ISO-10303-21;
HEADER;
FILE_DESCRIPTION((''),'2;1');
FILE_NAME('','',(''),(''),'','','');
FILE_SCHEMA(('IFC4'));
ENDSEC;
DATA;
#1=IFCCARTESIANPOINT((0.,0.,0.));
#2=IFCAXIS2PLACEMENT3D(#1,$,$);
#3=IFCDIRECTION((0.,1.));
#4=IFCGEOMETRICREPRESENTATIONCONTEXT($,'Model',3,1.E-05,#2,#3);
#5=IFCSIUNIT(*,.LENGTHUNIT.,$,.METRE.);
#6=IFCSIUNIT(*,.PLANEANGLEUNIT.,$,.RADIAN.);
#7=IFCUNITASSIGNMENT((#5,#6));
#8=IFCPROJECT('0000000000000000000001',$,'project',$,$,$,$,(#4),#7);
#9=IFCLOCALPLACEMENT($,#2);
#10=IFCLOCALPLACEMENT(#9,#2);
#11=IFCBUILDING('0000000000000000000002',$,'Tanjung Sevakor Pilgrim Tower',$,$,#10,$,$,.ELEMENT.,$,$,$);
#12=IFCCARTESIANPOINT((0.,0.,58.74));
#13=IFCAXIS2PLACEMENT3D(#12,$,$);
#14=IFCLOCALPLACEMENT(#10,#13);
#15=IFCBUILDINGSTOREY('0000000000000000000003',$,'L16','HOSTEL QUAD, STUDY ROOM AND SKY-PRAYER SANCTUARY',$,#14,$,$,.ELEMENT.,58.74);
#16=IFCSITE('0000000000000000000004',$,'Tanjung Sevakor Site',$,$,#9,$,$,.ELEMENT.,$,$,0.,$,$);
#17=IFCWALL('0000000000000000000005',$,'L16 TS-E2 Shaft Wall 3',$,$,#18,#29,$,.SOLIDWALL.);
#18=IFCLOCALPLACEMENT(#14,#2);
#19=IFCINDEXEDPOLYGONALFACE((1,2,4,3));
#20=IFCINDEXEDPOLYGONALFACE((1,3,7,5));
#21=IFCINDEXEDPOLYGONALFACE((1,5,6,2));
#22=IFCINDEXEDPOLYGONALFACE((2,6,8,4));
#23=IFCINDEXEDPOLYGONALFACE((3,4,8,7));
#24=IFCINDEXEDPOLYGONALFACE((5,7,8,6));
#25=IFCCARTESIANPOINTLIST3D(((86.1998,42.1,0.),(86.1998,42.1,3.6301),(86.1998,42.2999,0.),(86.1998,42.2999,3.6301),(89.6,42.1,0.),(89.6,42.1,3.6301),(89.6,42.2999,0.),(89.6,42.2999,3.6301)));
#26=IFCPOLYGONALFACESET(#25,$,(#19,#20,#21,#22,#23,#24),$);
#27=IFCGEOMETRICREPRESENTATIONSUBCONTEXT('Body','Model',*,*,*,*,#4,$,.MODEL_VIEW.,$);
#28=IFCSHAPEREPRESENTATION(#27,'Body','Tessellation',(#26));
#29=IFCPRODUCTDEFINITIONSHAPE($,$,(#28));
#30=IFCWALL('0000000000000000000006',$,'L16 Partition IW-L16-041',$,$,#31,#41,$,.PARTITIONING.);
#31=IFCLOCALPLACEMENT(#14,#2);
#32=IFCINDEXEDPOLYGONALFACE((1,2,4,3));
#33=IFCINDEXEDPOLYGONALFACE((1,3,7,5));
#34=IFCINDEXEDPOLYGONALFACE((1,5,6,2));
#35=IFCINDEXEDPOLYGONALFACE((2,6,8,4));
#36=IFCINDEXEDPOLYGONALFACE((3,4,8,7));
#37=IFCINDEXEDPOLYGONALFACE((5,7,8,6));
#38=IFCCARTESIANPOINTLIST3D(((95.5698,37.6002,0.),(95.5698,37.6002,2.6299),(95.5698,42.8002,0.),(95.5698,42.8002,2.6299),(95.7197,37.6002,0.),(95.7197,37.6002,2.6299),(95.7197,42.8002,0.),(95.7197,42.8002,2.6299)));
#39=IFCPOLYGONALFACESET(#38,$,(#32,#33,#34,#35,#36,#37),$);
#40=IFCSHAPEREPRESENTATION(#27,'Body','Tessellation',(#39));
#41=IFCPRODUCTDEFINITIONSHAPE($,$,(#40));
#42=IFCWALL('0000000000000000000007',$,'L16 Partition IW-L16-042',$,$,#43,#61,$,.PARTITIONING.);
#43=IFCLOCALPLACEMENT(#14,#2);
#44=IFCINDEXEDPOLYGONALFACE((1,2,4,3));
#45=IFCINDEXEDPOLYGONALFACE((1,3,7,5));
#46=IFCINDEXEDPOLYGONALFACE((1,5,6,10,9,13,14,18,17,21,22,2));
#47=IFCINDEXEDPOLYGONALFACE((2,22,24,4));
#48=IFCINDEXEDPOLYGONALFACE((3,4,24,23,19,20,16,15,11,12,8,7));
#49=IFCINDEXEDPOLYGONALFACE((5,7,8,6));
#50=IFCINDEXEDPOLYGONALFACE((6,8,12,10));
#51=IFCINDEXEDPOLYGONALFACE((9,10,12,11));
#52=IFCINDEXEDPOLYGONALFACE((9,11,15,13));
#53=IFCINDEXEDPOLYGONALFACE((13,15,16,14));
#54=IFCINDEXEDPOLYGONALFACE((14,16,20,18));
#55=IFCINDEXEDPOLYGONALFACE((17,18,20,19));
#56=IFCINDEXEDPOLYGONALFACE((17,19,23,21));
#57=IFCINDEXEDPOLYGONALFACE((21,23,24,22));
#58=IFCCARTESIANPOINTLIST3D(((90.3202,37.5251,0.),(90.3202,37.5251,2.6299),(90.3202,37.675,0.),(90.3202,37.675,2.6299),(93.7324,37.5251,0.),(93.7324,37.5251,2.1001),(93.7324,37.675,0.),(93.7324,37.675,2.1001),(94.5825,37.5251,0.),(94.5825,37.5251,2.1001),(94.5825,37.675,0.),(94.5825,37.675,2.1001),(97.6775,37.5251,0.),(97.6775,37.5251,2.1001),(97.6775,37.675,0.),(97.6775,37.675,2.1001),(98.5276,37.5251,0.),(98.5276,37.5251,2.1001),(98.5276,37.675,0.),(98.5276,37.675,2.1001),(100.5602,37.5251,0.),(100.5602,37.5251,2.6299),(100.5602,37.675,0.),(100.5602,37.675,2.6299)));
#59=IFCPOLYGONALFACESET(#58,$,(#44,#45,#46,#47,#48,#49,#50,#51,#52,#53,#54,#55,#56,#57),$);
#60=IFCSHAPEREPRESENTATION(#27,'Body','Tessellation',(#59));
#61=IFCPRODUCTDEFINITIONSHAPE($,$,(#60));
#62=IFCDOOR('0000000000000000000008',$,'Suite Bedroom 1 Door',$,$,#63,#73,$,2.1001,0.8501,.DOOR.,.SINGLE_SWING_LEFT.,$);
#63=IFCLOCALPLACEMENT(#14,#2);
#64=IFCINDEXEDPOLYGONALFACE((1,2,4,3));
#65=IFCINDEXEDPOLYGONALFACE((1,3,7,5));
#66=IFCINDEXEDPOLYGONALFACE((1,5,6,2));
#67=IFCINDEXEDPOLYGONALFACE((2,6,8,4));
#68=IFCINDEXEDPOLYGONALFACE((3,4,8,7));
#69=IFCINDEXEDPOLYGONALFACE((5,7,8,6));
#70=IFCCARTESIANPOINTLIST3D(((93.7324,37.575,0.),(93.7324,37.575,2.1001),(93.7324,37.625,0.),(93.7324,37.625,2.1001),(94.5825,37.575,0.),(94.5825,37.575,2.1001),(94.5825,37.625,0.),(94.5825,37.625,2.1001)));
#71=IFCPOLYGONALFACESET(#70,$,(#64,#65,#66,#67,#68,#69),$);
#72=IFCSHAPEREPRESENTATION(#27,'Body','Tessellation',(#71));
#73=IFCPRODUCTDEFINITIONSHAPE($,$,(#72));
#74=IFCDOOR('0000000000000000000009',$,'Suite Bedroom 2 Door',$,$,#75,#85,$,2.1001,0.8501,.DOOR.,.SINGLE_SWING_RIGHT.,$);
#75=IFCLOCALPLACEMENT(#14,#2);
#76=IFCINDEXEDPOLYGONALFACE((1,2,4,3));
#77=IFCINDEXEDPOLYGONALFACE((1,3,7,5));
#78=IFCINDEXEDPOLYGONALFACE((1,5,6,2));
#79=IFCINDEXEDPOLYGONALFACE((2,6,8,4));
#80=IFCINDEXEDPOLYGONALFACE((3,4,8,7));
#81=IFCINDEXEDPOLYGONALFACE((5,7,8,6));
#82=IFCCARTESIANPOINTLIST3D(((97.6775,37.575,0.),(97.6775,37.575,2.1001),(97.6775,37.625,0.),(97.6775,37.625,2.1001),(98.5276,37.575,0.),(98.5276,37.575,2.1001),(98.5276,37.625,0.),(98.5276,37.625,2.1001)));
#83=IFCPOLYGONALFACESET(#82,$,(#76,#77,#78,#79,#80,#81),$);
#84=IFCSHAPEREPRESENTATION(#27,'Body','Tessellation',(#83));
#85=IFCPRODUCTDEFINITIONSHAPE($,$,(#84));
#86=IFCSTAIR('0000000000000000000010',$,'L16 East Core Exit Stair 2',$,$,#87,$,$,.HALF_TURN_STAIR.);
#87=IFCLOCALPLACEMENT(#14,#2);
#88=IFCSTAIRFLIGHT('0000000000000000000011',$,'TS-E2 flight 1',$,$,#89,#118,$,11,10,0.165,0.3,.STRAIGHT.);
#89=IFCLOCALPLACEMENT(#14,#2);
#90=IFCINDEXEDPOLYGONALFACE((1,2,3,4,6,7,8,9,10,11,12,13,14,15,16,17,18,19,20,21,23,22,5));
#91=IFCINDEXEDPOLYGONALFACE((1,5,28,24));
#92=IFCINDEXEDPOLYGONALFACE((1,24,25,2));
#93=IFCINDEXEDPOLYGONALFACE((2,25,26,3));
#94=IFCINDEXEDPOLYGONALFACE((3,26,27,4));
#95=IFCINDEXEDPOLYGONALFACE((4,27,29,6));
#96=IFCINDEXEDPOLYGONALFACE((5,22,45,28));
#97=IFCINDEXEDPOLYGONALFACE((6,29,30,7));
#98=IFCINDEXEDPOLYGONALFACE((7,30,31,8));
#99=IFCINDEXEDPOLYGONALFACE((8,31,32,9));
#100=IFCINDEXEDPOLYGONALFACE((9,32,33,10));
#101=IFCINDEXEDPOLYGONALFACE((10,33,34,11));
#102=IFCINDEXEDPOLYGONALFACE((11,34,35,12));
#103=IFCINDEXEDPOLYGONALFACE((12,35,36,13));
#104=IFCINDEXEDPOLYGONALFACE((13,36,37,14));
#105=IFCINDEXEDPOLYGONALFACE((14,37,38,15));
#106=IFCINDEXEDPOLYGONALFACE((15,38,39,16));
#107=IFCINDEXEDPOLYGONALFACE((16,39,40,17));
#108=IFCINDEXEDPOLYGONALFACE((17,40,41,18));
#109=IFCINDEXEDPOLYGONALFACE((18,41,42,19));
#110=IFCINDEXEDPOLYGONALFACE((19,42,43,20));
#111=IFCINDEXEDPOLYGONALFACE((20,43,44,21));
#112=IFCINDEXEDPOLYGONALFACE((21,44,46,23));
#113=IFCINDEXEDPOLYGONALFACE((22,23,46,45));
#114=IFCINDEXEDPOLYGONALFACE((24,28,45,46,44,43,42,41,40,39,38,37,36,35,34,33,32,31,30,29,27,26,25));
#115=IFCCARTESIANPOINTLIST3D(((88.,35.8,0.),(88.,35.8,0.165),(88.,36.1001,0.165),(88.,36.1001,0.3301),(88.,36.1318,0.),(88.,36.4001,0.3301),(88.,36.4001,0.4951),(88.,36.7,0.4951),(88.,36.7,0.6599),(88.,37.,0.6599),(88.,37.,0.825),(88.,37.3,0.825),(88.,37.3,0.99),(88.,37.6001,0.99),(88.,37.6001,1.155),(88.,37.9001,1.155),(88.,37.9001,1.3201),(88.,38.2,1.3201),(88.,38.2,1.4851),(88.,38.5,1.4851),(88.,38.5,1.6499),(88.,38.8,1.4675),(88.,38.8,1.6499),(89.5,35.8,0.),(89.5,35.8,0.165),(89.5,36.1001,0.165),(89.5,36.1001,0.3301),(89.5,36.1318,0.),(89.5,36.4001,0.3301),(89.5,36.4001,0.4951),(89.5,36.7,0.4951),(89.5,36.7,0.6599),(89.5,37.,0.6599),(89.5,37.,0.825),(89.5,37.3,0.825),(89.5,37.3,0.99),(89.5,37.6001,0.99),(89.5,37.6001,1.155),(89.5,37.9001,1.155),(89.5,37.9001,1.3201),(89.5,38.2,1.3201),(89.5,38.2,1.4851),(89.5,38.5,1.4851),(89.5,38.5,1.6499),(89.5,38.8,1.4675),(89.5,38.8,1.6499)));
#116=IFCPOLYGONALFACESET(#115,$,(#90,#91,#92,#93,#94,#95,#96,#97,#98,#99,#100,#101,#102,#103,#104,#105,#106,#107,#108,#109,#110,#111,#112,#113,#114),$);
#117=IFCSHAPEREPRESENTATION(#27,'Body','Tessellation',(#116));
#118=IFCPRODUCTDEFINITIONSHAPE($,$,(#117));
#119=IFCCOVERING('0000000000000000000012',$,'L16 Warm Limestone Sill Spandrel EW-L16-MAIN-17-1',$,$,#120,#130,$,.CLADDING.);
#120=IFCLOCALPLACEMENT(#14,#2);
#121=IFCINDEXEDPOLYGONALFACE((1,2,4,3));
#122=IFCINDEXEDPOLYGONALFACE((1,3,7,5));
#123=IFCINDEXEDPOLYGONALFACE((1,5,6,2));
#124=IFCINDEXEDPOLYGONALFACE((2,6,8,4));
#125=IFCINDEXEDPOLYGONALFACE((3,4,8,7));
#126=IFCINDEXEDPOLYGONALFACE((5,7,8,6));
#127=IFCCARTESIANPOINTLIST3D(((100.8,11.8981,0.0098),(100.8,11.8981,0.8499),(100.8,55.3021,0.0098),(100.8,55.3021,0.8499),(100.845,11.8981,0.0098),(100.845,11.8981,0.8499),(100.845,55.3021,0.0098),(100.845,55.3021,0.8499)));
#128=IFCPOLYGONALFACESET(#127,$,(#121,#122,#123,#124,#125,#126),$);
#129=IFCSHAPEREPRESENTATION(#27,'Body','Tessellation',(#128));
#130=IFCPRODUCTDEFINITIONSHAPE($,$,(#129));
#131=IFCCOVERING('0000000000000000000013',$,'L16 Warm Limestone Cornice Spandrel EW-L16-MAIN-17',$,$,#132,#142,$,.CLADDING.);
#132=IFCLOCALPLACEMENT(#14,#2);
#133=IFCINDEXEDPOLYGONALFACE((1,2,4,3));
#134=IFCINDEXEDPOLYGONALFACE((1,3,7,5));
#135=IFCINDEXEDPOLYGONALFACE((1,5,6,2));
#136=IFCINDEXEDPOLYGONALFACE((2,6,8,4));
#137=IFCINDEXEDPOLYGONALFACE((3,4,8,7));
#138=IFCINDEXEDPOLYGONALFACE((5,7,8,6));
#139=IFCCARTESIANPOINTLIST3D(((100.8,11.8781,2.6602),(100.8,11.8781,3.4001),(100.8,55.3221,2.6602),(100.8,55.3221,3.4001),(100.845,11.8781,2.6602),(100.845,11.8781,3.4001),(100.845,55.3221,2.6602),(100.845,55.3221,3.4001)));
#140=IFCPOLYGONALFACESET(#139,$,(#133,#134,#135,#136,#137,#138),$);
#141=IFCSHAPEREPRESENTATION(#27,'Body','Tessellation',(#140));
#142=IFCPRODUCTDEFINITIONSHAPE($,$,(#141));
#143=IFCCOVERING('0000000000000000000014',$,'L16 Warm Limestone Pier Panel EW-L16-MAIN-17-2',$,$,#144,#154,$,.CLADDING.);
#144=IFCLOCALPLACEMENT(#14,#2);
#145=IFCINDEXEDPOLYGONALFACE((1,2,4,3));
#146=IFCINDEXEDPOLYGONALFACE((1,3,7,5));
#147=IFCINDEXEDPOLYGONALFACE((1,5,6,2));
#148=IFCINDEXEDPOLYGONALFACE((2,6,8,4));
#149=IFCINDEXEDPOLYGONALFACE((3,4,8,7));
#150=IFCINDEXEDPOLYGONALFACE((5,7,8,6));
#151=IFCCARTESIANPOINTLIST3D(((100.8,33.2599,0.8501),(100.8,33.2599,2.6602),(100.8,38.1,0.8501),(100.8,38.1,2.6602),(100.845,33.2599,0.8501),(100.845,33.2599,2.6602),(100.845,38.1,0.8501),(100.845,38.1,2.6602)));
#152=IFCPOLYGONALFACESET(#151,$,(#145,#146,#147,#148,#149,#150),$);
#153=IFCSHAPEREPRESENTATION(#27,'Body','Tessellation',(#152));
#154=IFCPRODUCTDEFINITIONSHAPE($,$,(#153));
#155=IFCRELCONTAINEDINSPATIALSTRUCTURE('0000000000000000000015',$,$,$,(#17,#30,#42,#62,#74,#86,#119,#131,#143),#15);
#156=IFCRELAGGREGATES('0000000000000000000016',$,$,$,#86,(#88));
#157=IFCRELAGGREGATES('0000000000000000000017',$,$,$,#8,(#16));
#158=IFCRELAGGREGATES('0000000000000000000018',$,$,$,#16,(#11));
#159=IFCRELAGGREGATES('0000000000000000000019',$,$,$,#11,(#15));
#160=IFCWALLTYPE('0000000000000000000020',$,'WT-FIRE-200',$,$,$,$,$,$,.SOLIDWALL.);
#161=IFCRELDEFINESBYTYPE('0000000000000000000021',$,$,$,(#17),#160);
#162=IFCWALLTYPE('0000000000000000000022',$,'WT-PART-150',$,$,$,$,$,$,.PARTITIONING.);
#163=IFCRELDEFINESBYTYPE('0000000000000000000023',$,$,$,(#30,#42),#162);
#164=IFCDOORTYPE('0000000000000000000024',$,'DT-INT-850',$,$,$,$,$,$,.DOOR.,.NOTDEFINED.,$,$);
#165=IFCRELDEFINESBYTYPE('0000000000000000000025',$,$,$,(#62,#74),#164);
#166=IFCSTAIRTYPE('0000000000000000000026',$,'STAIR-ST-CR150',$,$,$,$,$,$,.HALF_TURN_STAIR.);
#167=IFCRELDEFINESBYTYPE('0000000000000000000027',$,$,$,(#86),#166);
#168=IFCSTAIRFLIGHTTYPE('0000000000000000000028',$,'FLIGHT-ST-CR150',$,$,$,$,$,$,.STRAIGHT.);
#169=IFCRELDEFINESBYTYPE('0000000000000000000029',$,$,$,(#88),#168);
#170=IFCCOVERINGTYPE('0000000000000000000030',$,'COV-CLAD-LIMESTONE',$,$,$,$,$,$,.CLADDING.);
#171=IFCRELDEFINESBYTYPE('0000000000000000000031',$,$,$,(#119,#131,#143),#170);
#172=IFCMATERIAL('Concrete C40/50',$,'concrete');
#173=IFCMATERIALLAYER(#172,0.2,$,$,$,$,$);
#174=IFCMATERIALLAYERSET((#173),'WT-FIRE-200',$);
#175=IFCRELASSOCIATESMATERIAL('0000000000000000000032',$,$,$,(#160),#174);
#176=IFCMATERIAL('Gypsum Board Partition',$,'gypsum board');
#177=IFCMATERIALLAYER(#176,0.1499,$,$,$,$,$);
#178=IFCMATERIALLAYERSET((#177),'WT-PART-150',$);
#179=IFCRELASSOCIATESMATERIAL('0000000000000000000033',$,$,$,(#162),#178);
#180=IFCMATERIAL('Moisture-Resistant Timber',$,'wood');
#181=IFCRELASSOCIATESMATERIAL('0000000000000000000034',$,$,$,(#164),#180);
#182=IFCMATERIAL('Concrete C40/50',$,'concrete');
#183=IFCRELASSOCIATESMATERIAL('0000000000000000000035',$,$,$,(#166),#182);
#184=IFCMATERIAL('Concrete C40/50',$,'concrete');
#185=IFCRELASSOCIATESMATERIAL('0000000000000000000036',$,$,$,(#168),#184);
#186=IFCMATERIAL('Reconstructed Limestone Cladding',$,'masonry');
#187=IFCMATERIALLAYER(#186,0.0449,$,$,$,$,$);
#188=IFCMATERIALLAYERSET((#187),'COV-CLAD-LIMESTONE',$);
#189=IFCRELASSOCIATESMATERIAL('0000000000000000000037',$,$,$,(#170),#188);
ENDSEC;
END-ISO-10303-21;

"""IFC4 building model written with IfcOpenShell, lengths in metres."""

from ifc_helpers import new_model, si_unit, direction, frame, frame_2d, origin, origin_2d, place, context, subcontext, project, spatial, polyline, rectangle, outline, extrude, material, layer, layer_set, type_object, element, fill, aggregate, save


model = new_model("IFC4")

# Units and contexts
model_context = context("Model", 3, precision=1e-05, world=origin(), true_north=direction((0.0, 1.0)))
body_context = subcontext(model_context, "Body", "Model", "MODEL_VIEW")
ifc_project = project(units=[si_unit("LENGTHUNIT", "METRE"), si_unit("PLANEANGLEUNIT", "RADIAN")], contexts=[model_context])

# Site, building, storey
site_placement = place(None, origin())
site = spatial("IfcSite", under=ifc_project, at=site_placement, Name="Tanjung Sevakor Site", CompositionType="ELEMENT", RefElevation=0.0)
building_placement = place(site_placement, origin())
building = spatial("IfcBuilding", under=site, at=building_placement, Name="Tanjung Sevakor Pilgrim Tower", CompositionType="ELEMENT")
storey_placement = place(building_placement, frame((0.0, 0.0, 58.74)))
storey = spatial("IfcBuildingStorey", under=building, at=storey_placement, Name="L16", Description="HOSTEL QUAD, STUDY ROOM AND SKY-PRAYER SANCTUARY", CompositionType="ELEMENT", Elevation=58.74)

# Walls
ifc_material_1 = material(Name="Concrete C40/50", Category="concrete")
ifc_layer_1 = layer(ifc_material_1, 0.2)
ifc_layer_set_1 = layer_set([ifc_layer_1], Name="WT-FIRE-200")
wall_type_1 = type_object("IfcWallType", Name="WT-FIRE-200", PredefinedType="SOLIDWALL", material=ifc_layer_set_1)
wall_1_placement = place(storey_placement, frame((89.6001, 42.2, 0.0), z_axis=(0.0, 0.0, 1.0), x_axis=(-1.0, 0.0, 0.0)))
element("IfcWall", 1, at=wall_1_placement, inside=storey, type_object=wall_type_1, Name="L16 TS-E2 Shaft Wall 3", PredefinedType="SOLIDWALL", context=body_context, shape_type="SweptSolid", body=[
    extrude(rectangle(XDim=3.4001, YDim=0.2, at=frame_2d((1.7002, 0.0))), origin(), (0.0, 0.0, 1.0), 3.6301),
])
ifc_material_2 = material(Name="Gypsum Board Partition", Category="gypsum board")
ifc_layer_2 = layer(ifc_material_2, 0.1499)
ifc_layer_set_2 = layer_set([ifc_layer_2], Name="WT-PART-150")
wall_type_2 = type_object("IfcWallType", Name="WT-PART-150", PredefinedType="PARTITIONING", material=ifc_layer_set_2)
wall_2_placement = place(storey_placement, frame((95.6448, 37.6001, 0.0), z_axis=(0.0, 0.0, 1.0), x_axis=(0.0, 1.0, 0.0)))
element("IfcWall", 2, at=wall_2_placement, inside=storey, type_object=wall_type_2, Name="L16 Partition IW-L16-041", PredefinedType="PARTITIONING", context=body_context, shape_type="SweptSolid", body=[
    extrude(rectangle(XDim=5.2, YDim=0.1499, at=frame_2d((2.6001, 0.0))), origin(), (0.0, 0.0, 1.0), 2.6299),
])

# Wall, openings, doors
wall_3_placement = place(storey_placement, frame((90.3201, 37.6001, 0.0), z_axis=(0.0, 0.0, 1.0), x_axis=(1.0, 0.0, 0.0)))
wall_3 = element("IfcWall", 3, at=wall_3_placement, inside=storey, type_object=wall_type_2, Name="L16 Partition IW-L16-042", PredefinedType="PARTITIONING", context=body_context, shape_type="SweptSolid", body=[
    extrude(rectangle(XDim=10.24, YDim=0.1499, at=frame_2d((5.1201, 0.0))), origin(), (0.0, 0.0, 1.0), 2.6299),
])
opening_1_placement = place(wall_3_placement, frame((3.4124, 0.0, 0.0)))
opening_1 = element("IfcOpeningElement", 4, at=opening_1_placement, cuts=wall_3, PredefinedType="OPENING", context=body_context, shape_type="SweptSolid", body=[
    extrude(rectangle(XDim=0.8501, YDim=2.1001, at=frame_2d((0.425, 1.05))), frame((0.0, 0.085, 0.0), z_axis=(0.0, -1.0, 0.0), x_axis=(1.0, 0.0, 0.0)), (0.0, 0.0, 1.0), 0.1699),
])
opening_2_placement = place(wall_3_placement, frame((7.3574, 0.0, 0.0)))
opening_2 = element("IfcOpeningElement", 5, at=opening_2_placement, cuts=wall_3, PredefinedType="OPENING", context=body_context, shape_type="SweptSolid", body=[
    extrude(rectangle(XDim=0.8501, YDim=2.1001, at=frame_2d((0.425, 1.05))), frame((0.0, 0.085, 0.0), z_axis=(0.0, -1.0, 0.0), x_axis=(1.0, 0.0, 0.0)), (0.0, 0.0, 1.0), 0.1699),
])
ifc_material_3 = material(Name="Moisture-Resistant Timber", Category="wood")
door_type_1 = type_object("IfcDoorType", Name="DT-INT-850", OperationType="NOTDEFINED", PredefinedType="DOOR", material=ifc_material_3)
door_1_placement = place(opening_1_placement, origin())
door_1 = element("IfcDoor", 6, at=door_1_placement, inside=storey, type_object=door_type_1, Name="Suite Bedroom 1 Door", OperationType="SINGLE_SWING_LEFT", OverallHeight=2.1001, OverallWidth=0.8501, PredefinedType="DOOR", context=body_context, shape_type="SweptSolid", body=[
    extrude(rectangle(XDim=0.8501, YDim=2.1001, at=frame_2d((0.425, 1.05))), frame((0.0, 0.0249, 0.0), z_axis=(0.0, -1.0, 0.0), x_axis=(1.0, 0.0, 0.0)), (0.0, 0.0, 1.0), 0.05),
])
fill(opening_1, door_1)
door_2_placement = place(opening_2_placement, origin())
door_2 = element("IfcDoor", 7, at=door_2_placement, inside=storey, type_object=door_type_1, Name="Suite Bedroom 2 Door", OperationType="SINGLE_SWING_RIGHT", OverallHeight=2.1001, OverallWidth=0.8501, PredefinedType="DOOR", context=body_context, shape_type="SweptSolid", body=[
    extrude(rectangle(XDim=0.8501, YDim=2.1001, at=frame_2d((0.425, 1.05))), frame((0.0, 0.0249, 0.0), z_axis=(0.0, -1.0, 0.0), x_axis=(1.0, 0.0, 0.0)), (0.0, 0.0, 1.0), 0.05),
])
fill(opening_2, door_2)

# Stair, stair flight
ifc_material_4 = material(Name="Concrete C40/50", Category="concrete")
stair_type = type_object("IfcStairType", Name="STAIR-ST-CR150", PredefinedType="HALF_TURN_STAIR", material=ifc_material_4)
stair_placement = place(storey_placement, origin())
stair = element("IfcStair", 8, at=stair_placement, inside=storey, type_object=stair_type, Name="L16 East Core Exit Stair 2", PredefinedType="HALF_TURN_STAIR")
ifc_material_5 = material(Name="Concrete C40/50", Category="concrete")
stair_flight_type = type_object("IfcStairFlightType", Name="FLIGHT-ST-CR150", PredefinedType="STRAIGHT", material=ifc_material_5)
stair_flight_placement = place(storey_placement, frame((88.75, 35.8, 0.0), z_axis=(0.0, 0.0, 1.0), x_axis=(0.0, 1.0, 0.0)))
stair_flight = element("IfcStairFlight", 9, at=stair_flight_placement, type_object=stair_flight_type, Name="TS-E2 flight 1", NumberOfRisers=11, NumberOfTreads=10, PredefinedType="STRAIGHT", RiserHeight=0.165, TreadLength=0.3, context=body_context, shape_type="SweptSolid", body=[
    extrude(outline(polyline([(0.0, 0.0), (0.0, 0.165), (0.3, 0.165), (0.3, 0.3301), (0.6001, 0.3301), (0.6001, 0.4951), (0.8999, 0.4951), (0.8999, 0.6599), (1.2, 0.6599), (1.2, 0.825), (1.5, 0.825), (1.5, 0.99), (1.8, 0.99), (1.8, 1.155), (2.1001, 1.155), (2.1001, 1.3201), (2.3999, 1.3201), (2.3999, 1.4851), (2.7, 1.4851), (2.7, 1.6499), (3.0, 1.6499), (3.0, 1.8149), (3.0, 1.4675), (0.3318, 0.0), (0.0, 0.0)])), frame((0.0, 0.75, 0.0), z_axis=(0.0, -1.0, 0.0), x_axis=(1.0, 0.0, 0.0)), (0.0, 0.0, 1.0), 1.5),
])
aggregate(stair, [stair_flight])

# Coverings
ifc_material_6 = material(Name="Reconstructed Limestone Cladding", Category="masonry")
ifc_layer_3 = layer(ifc_material_6, 0.0449)
ifc_layer_set_3 = layer_set([ifc_layer_3], Name="COV-CLAD-LIMESTONE")
covering_type = type_object("IfcCoveringType", Name="COV-CLAD-LIMESTONE", PredefinedType="CLADDING", material=ifc_layer_set_3)
covering_1_placement = place(storey_placement, frame((100.8225, 33.6001, 0.0098), z_axis=(0.0, 0.0, 1.0), x_axis=(0.0, 1.0, 0.0)))
element("IfcCovering", 10, at=covering_1_placement, inside=storey, type_object=covering_type, Name="L16 Warm Limestone Sill Spandrel EW-L16-MAIN-17-1", PredefinedType="CLADDING", context=body_context, shape_type="SweptSolid", body=[
    extrude(rectangle(XDim=43.4041, YDim=0.0449, at=origin_2d()), origin(), (0.0, 0.0, 1.0), 0.8401),
])
covering_2_placement = place(storey_placement, frame((100.8225, 33.6001, 2.6602), z_axis=(0.0, 0.0, 1.0), x_axis=(0.0, 1.0, 0.0)))
element("IfcCovering", 11, at=covering_2_placement, inside=storey, type_object=covering_type, Name="L16 Warm Limestone Cornice Spandrel EW-L16-MAIN-17", PredefinedType="CLADDING", context=body_context, shape_type="SweptSolid", body=[
    extrude(rectangle(XDim=43.4441, YDim=0.0449, at=origin_2d()), origin(), (0.0, 0.0, 1.0), 0.74),
])
covering_3_placement = place(storey_placement, frame((100.8225, 35.6799, 0.8501), z_axis=(0.0, 0.0, 1.0), x_axis=(0.0, 1.0, 0.0)))
element("IfcCovering", 12, at=covering_3_placement, inside=storey, type_object=covering_type, Name="L16 Warm Limestone Pier Panel EW-L16-MAIN-17-2", PredefinedType="CLADDING", context=body_context, shape_type="SweptSolid", body=[
    extrude(rectangle(XDim=4.8401, YDim=0.0449, at=origin_2d()), origin(), (0.0, 0.0, 1.0), 1.8101),
])

save(model, "model.ifc")
